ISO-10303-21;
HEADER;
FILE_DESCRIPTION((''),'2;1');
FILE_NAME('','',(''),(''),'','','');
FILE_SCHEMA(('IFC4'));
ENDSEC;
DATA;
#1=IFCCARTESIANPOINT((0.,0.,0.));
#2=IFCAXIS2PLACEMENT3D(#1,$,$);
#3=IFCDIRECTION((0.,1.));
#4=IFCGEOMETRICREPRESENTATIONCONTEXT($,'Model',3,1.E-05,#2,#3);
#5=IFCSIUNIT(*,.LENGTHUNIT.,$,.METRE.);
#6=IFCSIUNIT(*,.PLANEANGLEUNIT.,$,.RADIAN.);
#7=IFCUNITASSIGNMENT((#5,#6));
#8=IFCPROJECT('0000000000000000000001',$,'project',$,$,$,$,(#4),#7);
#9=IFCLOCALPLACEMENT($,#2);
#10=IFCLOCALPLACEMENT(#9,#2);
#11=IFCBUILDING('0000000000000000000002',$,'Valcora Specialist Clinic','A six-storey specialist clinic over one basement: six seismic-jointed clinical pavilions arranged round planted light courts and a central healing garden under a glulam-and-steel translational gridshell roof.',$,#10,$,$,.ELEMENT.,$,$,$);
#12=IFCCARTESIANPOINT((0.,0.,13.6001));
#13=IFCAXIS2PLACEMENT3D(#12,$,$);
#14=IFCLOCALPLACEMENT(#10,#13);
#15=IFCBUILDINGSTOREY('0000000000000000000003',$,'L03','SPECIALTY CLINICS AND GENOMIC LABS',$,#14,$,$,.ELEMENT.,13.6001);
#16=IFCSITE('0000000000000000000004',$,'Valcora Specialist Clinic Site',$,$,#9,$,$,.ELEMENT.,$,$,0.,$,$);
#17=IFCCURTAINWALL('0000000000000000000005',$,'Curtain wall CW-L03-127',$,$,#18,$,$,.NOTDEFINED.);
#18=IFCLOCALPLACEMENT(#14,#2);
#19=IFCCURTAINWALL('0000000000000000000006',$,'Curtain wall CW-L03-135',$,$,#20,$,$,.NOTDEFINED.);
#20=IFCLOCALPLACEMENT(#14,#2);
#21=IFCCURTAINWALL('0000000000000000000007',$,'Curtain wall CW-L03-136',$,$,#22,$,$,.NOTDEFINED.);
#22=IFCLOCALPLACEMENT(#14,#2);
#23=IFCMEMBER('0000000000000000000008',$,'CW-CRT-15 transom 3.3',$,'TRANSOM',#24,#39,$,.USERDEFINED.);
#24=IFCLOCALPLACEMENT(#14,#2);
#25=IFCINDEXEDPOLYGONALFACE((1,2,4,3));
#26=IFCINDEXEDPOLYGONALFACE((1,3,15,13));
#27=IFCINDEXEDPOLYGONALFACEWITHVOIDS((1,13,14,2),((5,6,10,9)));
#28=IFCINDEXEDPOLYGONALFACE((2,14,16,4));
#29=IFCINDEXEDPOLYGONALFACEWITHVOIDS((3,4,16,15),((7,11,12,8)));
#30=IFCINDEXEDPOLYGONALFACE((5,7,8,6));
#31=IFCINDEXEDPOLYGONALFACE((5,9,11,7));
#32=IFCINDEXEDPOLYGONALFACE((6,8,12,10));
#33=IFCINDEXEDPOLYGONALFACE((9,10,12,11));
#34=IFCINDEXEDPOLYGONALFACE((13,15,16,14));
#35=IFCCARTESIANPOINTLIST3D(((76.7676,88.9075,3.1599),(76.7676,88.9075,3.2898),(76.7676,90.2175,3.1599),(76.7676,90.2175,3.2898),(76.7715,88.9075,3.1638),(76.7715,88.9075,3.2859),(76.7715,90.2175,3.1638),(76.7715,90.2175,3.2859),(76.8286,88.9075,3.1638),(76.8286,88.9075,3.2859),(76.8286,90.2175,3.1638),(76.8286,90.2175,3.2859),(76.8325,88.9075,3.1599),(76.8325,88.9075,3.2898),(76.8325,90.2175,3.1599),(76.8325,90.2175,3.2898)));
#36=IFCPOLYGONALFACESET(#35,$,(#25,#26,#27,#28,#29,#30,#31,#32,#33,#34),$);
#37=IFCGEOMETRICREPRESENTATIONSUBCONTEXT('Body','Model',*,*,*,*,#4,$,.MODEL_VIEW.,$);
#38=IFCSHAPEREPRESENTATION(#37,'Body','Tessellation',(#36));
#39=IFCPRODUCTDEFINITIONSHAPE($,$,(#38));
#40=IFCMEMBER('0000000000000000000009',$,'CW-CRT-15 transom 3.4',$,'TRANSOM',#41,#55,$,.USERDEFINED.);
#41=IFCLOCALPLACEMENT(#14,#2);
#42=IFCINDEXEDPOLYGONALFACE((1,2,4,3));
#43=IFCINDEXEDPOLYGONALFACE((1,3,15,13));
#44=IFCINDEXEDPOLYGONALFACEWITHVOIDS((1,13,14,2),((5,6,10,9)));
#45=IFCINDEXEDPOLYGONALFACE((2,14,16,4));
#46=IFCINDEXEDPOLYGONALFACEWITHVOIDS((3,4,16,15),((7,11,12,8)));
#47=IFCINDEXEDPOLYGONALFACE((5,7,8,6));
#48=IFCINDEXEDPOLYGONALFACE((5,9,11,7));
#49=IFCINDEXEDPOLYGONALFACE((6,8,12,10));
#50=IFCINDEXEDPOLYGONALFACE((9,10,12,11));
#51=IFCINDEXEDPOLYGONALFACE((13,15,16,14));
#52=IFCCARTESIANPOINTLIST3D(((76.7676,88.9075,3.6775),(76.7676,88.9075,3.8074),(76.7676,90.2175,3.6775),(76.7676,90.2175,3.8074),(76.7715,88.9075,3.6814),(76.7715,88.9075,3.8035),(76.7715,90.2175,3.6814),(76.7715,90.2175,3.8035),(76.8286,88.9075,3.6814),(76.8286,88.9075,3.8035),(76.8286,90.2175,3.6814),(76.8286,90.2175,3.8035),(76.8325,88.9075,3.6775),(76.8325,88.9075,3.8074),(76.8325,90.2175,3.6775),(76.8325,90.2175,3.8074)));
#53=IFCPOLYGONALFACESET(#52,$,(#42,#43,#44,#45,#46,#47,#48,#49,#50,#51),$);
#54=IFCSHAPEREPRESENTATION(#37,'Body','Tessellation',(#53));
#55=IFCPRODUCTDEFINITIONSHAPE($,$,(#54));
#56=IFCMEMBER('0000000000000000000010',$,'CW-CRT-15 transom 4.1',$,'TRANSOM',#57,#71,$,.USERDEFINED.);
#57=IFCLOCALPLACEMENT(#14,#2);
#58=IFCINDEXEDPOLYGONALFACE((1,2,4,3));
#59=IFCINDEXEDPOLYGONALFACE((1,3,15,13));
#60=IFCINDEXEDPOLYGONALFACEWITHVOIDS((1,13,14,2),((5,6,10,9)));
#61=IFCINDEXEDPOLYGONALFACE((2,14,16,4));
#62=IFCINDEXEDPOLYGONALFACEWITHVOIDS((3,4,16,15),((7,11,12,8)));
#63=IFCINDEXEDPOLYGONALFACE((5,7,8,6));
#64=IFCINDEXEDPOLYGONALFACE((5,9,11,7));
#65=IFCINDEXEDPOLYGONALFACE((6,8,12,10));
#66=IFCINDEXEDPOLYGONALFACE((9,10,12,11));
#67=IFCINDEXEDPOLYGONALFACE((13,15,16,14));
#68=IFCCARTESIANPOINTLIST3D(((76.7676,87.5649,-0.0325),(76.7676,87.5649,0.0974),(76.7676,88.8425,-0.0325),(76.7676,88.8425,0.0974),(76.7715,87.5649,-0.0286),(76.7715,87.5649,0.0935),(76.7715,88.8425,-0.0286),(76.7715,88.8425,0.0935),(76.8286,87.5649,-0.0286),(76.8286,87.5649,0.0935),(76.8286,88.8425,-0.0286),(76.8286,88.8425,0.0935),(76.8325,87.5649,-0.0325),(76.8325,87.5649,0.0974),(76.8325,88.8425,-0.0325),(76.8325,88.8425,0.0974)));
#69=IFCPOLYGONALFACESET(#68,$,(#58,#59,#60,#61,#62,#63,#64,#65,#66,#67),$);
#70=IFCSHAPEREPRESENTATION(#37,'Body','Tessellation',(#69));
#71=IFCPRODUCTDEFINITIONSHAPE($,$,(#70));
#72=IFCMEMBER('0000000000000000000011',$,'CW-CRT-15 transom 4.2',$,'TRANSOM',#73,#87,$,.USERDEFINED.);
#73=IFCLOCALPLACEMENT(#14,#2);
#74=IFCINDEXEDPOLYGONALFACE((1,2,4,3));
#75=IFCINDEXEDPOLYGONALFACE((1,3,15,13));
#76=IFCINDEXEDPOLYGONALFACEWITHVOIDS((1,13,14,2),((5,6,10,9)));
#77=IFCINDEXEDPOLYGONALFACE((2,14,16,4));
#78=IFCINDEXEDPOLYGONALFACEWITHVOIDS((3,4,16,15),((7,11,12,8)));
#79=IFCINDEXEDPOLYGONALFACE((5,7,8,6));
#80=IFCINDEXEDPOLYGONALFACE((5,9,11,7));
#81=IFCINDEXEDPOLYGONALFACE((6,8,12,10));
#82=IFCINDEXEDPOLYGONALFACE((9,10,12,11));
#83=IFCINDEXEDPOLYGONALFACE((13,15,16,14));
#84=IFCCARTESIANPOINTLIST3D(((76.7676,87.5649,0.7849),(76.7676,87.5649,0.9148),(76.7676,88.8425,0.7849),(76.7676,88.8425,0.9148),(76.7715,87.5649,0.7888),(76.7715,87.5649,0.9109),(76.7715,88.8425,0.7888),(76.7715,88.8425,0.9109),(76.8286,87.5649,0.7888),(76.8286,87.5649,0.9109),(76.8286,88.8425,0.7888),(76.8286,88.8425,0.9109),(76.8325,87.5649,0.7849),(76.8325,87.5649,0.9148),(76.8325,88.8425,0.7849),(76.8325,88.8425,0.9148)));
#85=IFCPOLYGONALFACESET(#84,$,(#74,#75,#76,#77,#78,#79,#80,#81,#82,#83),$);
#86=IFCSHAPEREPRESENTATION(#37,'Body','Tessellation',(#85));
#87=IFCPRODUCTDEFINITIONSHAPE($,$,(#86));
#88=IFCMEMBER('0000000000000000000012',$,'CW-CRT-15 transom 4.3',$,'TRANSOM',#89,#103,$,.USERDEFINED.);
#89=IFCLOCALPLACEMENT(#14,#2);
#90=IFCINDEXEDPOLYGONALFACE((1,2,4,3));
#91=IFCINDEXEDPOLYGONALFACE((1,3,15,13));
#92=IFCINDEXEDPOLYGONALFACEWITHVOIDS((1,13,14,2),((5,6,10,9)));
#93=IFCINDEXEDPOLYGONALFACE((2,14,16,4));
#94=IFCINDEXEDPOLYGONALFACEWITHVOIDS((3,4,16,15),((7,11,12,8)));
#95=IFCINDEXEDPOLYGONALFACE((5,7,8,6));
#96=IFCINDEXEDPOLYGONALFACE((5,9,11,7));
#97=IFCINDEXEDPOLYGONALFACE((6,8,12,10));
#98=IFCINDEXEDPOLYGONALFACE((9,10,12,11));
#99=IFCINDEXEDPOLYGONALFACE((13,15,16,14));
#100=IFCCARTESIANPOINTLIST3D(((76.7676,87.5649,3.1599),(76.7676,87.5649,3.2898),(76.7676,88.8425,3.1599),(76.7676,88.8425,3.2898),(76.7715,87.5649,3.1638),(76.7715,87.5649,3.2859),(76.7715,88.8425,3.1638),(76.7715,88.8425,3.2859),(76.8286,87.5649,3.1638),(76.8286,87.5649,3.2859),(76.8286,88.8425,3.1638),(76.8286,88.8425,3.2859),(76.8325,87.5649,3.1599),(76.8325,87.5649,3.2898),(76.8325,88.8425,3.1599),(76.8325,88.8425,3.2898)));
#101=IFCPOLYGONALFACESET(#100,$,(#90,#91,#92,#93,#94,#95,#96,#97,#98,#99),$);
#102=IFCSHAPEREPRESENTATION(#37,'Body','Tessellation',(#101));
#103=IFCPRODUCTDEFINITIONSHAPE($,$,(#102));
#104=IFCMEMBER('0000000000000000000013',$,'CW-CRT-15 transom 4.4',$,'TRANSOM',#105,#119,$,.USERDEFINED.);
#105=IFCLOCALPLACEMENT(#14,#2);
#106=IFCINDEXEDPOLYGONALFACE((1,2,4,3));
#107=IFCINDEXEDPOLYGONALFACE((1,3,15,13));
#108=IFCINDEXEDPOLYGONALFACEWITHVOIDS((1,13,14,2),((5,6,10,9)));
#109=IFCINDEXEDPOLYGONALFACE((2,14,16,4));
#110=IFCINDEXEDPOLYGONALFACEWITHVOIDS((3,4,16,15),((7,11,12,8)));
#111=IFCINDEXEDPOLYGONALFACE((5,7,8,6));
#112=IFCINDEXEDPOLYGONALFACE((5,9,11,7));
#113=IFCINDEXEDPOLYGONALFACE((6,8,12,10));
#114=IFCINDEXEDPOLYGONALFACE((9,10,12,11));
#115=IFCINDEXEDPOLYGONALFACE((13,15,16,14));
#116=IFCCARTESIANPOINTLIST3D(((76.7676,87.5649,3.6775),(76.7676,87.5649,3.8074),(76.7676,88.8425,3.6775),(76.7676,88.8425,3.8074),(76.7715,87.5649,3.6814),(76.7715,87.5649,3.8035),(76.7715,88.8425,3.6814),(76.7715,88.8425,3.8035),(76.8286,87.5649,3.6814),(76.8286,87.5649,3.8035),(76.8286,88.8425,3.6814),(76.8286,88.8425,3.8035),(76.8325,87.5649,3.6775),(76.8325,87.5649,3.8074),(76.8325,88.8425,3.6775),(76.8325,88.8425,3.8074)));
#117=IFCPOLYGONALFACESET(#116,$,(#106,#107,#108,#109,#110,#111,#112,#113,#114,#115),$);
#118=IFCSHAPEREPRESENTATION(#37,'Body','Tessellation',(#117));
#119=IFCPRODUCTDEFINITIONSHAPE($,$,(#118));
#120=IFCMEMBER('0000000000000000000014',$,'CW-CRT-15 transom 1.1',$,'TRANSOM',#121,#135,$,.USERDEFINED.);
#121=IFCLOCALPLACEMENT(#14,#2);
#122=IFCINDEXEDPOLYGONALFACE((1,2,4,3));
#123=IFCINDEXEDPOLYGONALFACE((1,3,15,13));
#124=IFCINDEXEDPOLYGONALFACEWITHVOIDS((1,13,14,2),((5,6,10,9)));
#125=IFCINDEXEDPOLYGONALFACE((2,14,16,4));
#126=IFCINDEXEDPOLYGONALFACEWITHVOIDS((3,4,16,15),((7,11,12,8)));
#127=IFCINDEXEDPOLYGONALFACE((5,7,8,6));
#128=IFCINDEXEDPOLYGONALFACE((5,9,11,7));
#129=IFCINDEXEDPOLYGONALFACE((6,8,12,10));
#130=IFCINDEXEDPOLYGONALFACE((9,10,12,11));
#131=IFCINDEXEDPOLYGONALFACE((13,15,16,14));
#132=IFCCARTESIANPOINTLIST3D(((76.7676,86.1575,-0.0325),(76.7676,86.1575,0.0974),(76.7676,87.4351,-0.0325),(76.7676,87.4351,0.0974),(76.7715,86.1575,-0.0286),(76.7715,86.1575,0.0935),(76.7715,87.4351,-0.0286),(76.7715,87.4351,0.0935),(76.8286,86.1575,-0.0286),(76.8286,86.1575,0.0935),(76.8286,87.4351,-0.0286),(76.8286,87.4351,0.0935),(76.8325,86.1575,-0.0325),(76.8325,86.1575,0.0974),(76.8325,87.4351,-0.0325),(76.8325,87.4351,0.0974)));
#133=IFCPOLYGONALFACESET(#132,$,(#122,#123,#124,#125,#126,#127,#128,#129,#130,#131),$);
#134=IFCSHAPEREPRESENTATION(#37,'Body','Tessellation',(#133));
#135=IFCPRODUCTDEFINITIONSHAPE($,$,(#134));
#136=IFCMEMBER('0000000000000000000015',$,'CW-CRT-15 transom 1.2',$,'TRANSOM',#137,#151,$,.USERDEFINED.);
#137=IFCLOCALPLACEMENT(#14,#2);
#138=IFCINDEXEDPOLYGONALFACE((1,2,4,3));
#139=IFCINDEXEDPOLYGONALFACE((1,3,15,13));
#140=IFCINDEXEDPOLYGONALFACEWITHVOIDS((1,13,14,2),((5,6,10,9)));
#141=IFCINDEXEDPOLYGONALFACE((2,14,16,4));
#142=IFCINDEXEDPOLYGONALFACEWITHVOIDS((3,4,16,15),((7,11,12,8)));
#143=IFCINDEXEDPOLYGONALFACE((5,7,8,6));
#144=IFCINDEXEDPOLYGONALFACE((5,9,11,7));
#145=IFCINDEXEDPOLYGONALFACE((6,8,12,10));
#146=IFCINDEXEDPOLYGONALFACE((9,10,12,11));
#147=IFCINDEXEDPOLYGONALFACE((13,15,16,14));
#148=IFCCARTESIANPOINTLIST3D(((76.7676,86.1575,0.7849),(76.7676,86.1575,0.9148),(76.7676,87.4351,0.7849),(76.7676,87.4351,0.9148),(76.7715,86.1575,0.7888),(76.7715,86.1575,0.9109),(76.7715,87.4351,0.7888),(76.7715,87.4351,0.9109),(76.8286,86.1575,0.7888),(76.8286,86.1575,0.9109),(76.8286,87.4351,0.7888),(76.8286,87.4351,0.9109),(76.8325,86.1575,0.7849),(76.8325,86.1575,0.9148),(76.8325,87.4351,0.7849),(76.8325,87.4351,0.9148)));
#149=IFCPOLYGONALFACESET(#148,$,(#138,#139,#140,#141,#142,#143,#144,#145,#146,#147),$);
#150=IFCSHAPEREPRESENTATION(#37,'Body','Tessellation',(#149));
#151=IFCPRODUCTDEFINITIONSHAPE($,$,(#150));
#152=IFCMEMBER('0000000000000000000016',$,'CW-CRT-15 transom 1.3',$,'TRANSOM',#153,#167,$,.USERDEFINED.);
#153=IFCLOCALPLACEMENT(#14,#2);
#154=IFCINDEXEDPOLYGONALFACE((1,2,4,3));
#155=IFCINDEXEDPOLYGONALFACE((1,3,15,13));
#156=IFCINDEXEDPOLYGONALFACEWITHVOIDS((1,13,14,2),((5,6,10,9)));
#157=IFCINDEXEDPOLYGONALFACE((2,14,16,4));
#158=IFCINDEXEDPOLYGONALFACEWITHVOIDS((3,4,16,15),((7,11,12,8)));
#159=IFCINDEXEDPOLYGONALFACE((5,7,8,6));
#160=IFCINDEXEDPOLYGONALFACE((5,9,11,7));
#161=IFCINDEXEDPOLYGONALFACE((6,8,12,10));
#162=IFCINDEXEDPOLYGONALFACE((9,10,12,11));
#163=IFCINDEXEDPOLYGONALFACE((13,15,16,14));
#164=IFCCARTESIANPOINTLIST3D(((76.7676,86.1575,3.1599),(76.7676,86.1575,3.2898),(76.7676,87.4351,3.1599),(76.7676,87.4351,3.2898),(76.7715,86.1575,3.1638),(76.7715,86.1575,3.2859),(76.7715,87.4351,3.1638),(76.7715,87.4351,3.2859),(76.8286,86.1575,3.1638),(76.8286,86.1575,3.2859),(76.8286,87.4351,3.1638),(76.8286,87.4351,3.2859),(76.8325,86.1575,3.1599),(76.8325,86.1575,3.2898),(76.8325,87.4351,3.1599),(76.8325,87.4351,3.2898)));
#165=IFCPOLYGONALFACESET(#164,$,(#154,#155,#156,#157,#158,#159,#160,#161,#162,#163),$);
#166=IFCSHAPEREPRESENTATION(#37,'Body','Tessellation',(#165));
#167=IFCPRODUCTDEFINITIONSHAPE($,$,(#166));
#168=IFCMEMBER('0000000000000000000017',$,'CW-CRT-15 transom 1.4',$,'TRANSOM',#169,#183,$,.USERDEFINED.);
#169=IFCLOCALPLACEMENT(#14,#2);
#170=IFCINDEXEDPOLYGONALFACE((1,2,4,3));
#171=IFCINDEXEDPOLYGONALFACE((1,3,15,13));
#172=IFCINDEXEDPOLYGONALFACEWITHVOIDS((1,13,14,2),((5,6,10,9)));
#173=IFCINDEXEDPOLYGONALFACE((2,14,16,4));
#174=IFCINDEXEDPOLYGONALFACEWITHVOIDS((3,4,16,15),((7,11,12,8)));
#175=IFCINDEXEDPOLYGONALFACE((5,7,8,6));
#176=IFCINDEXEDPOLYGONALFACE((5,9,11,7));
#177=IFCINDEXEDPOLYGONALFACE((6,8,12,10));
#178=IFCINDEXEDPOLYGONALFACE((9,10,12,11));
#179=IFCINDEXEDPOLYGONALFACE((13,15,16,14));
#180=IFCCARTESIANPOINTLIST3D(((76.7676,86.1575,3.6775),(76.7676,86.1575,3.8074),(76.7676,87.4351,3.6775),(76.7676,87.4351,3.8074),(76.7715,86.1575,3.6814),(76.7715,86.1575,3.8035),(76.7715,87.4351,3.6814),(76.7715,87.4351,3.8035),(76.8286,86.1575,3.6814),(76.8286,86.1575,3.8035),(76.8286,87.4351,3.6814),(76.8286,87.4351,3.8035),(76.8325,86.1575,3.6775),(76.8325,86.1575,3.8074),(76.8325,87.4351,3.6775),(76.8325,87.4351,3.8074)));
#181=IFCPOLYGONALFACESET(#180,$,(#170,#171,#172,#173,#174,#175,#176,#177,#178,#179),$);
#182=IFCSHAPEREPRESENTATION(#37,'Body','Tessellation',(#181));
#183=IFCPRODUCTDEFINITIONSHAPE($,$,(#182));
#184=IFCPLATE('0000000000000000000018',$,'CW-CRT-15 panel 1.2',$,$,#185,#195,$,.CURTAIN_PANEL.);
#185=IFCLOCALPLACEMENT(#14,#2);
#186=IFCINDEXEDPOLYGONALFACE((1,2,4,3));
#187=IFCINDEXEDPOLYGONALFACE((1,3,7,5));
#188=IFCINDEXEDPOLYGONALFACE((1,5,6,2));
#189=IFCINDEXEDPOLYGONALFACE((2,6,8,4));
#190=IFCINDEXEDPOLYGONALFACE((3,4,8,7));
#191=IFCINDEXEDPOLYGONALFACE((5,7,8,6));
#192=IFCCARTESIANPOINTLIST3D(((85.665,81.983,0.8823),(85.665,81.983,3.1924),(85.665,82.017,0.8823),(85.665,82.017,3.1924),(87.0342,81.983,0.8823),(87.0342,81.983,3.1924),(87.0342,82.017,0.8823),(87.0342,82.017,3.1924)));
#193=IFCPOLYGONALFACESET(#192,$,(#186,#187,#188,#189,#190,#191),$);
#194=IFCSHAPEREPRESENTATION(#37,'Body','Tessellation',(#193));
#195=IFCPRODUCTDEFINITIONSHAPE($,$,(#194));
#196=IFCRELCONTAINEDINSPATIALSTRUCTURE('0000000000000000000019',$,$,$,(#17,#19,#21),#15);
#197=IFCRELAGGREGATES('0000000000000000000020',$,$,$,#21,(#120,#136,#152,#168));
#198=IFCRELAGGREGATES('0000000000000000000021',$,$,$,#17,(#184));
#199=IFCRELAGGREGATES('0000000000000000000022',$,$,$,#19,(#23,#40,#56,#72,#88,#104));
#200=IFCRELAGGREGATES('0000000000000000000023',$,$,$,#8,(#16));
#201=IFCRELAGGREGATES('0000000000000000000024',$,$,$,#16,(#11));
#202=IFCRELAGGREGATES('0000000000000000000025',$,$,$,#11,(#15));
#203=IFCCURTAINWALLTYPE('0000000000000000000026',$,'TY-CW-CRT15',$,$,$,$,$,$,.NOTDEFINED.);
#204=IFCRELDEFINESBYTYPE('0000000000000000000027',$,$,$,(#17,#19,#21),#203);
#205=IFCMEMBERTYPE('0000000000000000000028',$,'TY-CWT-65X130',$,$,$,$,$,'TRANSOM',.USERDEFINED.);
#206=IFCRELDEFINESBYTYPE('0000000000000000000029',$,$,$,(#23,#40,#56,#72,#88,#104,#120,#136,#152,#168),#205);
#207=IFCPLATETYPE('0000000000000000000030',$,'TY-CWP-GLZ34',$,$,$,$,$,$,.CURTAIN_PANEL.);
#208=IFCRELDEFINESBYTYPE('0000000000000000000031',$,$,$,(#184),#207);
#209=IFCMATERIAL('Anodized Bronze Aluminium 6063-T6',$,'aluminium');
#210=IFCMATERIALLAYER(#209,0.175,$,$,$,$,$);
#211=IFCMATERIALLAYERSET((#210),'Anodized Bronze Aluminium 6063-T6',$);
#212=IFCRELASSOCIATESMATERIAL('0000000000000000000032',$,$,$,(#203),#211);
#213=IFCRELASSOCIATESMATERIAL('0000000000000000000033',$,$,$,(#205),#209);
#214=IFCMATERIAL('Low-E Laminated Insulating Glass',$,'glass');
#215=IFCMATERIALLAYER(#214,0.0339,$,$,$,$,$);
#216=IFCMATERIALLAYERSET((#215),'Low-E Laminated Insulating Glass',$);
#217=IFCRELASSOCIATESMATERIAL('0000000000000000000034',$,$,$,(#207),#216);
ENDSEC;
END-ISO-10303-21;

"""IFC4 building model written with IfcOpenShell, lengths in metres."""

from ifc_helpers import new_model, si_unit, direction, frame, origin, origin_2d, place, context, subcontext, project, spatial, rectangle, hollow_rectangle, extrude, material, layer, layer_set, material_profile, profile_set, type_object, element, aggregate, save


model = new_model("IFC4")

# Units and contexts
model_context = context("Model", 3, precision=1e-05, world=origin(), true_north=direction((0.0, 1.0)))
body_context = subcontext(model_context, "Body", "Model", "MODEL_VIEW")
ifc_project = project(units=[si_unit("LENGTHUNIT", "METRE"), si_unit("PLANEANGLEUNIT", "RADIAN")], contexts=[model_context])

# Site, building, storey
site_placement = place(None, origin())
site = spatial("IfcSite", under=ifc_project, at=site_placement, Name="Valcora Specialist Clinic Site", CompositionType="ELEMENT", RefElevation=0.0)
building_placement = place(site_placement, origin())
building = spatial("IfcBuilding", under=site, at=building_placement, Name="Valcora Specialist Clinic", Description="A six-storey specialist clinic over one basement: six seismic-jointed clinical pavilions arranged round planted light courts and a central healing garden under a glulam-and-steel translational gridshell roof.", CompositionType="ELEMENT")
storey_placement = place(building_placement, frame((0.0, 0.0, 13.6001)))
storey = spatial("IfcBuildingStorey", under=building, at=storey_placement, Name="L03", Description="SPECIALTY CLINICS AND GENOMIC LABS", CompositionType="ELEMENT", Elevation=13.6001)

# Curtain wall
ifc_material_1 = material(Name="Anodized Bronze Aluminium 6063-T6", Category="aluminium")
ifc_layer_1 = layer(ifc_material_1, 0.175)
ifc_layer_set_1 = layer_set([ifc_layer_1], Name="Anodized Bronze Aluminium 6063-T6")
curtain_wall_type = type_object("IfcCurtainWallType", Name="TY-CW-CRT15", PredefinedType="NOTDEFINED", material=ifc_layer_set_1)
curtain_wall_1_placement = place(storey_placement, origin())
curtain_wall_1 = element("IfcCurtainWall", 1, at=curtain_wall_1_placement, inside=storey, type_object=curtain_wall_type, Name="Curtain wall CW-L03-127", PredefinedType="NOTDEFINED")

# Curtain wall
curtain_wall_2_placement = place(storey_placement, origin())
curtain_wall_2 = element("IfcCurtainWall", 2, at=curtain_wall_2_placement, inside=storey, type_object=curtain_wall_type, Name="Curtain wall CW-L03-135", PredefinedType="NOTDEFINED")

# Curtain wall
curtain_wall_3_placement = place(storey_placement, origin())
curtain_wall_3 = element("IfcCurtainWall", 3, at=curtain_wall_3_placement, inside=storey, type_object=curtain_wall_type, Name="Curtain wall CW-L03-136", PredefinedType="NOTDEFINED")

# Members
ifc_material_profile_1 = material_profile(ifc_material_1, hollow_rectangle(XDim=0.0649, YDim=0.1299, WallThickness=0.0039, at=origin_2d()), Name="AL-TRN-65X130")
ifc_profile_set_1 = profile_set([ifc_material_profile_1], Name="Anodized Bronze Aluminium 6063-T6")
member_type_1 = type_object("IfcMemberType", Name="TY-CWT-65X130", ElementType="TRANSOM", PredefinedType="USERDEFINED", material=ifc_profile_set_1)
member_1_placement = place(storey_placement, frame((76.8, 90.2175, 3.2249), z_axis=(0.0, -1.0, 0.0), x_axis=(1.0, 0.0, 0.0)))
member_1 = element("IfcMember", 4, at=member_1_placement, type_object=member_type_1, Name="CW-CRT-15 transom 3.3", ObjectType="TRANSOM", PredefinedType="USERDEFINED", context=body_context, shape_type="SweptSolid", body=[
    extrude(hollow_rectangle(XDim=0.0649, YDim=0.1299, WallThickness=0.0039, at=origin_2d()), origin(), (0.0, 0.0, 1.0), 1.3101),
])
member_2_placement = place(storey_placement, frame((76.8, 90.2175, 3.7424), z_axis=(0.0, -1.0, 0.0), x_axis=(1.0, 0.0, 0.0)))
member_2 = element("IfcMember", 5, at=member_2_placement, type_object=member_type_1, Name="CW-CRT-15 transom 3.4", ObjectType="TRANSOM", PredefinedType="USERDEFINED", context=body_context, shape_type="SweptSolid", body=[
    extrude(hollow_rectangle(XDim=0.0649, YDim=0.1299, WallThickness=0.0039, at=origin_2d()), origin(), (0.0, 0.0, 1.0), 1.3101),
])
member_3_placement = place(storey_placement, frame((76.8, 88.8425, 0.0325), z_axis=(0.0, -1.0, 0.0), x_axis=(1.0, 0.0, 0.0)))
member_3 = element("IfcMember", 6, at=member_3_placement, type_object=member_type_1, Name="CW-CRT-15 transom 4.1", ObjectType="TRANSOM", PredefinedType="USERDEFINED", context=body_context, shape_type="SweptSolid", body=[
    extrude(hollow_rectangle(XDim=0.0649, YDim=0.1299, WallThickness=0.0039, at=origin_2d()), origin(), (0.0, 0.0, 1.0), 1.2776),
])
member_4_placement = place(storey_placement, frame((76.8, 88.8425, 0.8499), z_axis=(0.0, -1.0, 0.0), x_axis=(1.0, 0.0, 0.0)))
member_4 = element("IfcMember", 7, at=member_4_placement, type_object=member_type_1, Name="CW-CRT-15 transom 4.2", ObjectType="TRANSOM", PredefinedType="USERDEFINED", context=body_context, shape_type="SweptSolid", body=[
    extrude(hollow_rectangle(XDim=0.0649, YDim=0.1299, WallThickness=0.0039, at=origin_2d()), origin(), (0.0, 0.0, 1.0), 1.2776),
])
member_5_placement = place(storey_placement, frame((76.8, 88.8425, 3.2249), z_axis=(0.0, -1.0, 0.0), x_axis=(1.0, 0.0, 0.0)))
member_5 = element("IfcMember", 8, at=member_5_placement, type_object=member_type_1, Name="CW-CRT-15 transom 4.3", ObjectType="TRANSOM", PredefinedType="USERDEFINED", context=body_context, shape_type="SweptSolid", body=[
    extrude(hollow_rectangle(XDim=0.0649, YDim=0.1299, WallThickness=0.0039, at=origin_2d()), origin(), (0.0, 0.0, 1.0), 1.2776),
])
member_6_placement = place(storey_placement, frame((76.8, 88.8425, 3.7424), z_axis=(0.0, -1.0, 0.0), x_axis=(1.0, 0.0, 0.0)))
member_6 = element("IfcMember", 9, at=member_6_placement, type_object=member_type_1, Name="CW-CRT-15 transom 4.4", ObjectType="TRANSOM", PredefinedType="USERDEFINED", context=body_context, shape_type="SweptSolid", body=[
    extrude(hollow_rectangle(XDim=0.0649, YDim=0.1299, WallThickness=0.0039, at=origin_2d()), origin(), (0.0, 0.0, 1.0), 1.2776),
])
member_7_placement = place(storey_placement, frame((76.8, 87.4351, 0.0325), z_axis=(0.0, -1.0, 0.0), x_axis=(1.0, 0.0, 0.0)))
member_7 = element("IfcMember", 10, at=member_7_placement, type_object=member_type_1, Name="CW-CRT-15 transom 1.1", ObjectType="TRANSOM", PredefinedType="USERDEFINED", context=body_context, shape_type="SweptSolid", body=[
    extrude(hollow_rectangle(XDim=0.0649, YDim=0.1299, WallThickness=0.0039, at=origin_2d()), origin(), (0.0, 0.0, 1.0), 1.2776),
])
member_8_placement = place(storey_placement, frame((76.8, 87.4351, 0.8499), z_axis=(0.0, -1.0, 0.0), x_axis=(1.0, 0.0, 0.0)))
member_8 = element("IfcMember", 11, at=member_8_placement, type_object=member_type_1, Name="CW-CRT-15 transom 1.2", ObjectType="TRANSOM", PredefinedType="USERDEFINED", context=body_context, shape_type="SweptSolid", body=[
    extrude(hollow_rectangle(XDim=0.0649, YDim=0.1299, WallThickness=0.0039, at=origin_2d()), origin(), (0.0, 0.0, 1.0), 1.2776),
])
member_9_placement = place(storey_placement, frame((76.8, 87.4351, 3.2249), z_axis=(0.0, -1.0, 0.0), x_axis=(1.0, 0.0, 0.0)))
member_9 = element("IfcMember", 12, at=member_9_placement, type_object=member_type_1, Name="CW-CRT-15 transom 1.3", ObjectType="TRANSOM", PredefinedType="USERDEFINED", context=body_context, shape_type="SweptSolid", body=[
    extrude(hollow_rectangle(XDim=0.0649, YDim=0.1299, WallThickness=0.0039, at=origin_2d()), origin(), (0.0, 0.0, 1.0), 1.2776),
])
member_10_placement = place(storey_placement, frame((76.8, 87.4351, 3.7424), z_axis=(0.0, -1.0, 0.0), x_axis=(1.0, 0.0, 0.0)))
member_10 = element("IfcMember", 13, at=member_10_placement, type_object=member_type_1, Name="CW-CRT-15 transom 1.4", ObjectType="TRANSOM", PredefinedType="USERDEFINED", context=body_context, shape_type="SweptSolid", body=[
    extrude(hollow_rectangle(XDim=0.0649, YDim=0.1299, WallThickness=0.0039, at=origin_2d()), origin(), (0.0, 0.0, 1.0), 1.2776),
])
aggregate(curtain_wall_3, [member_7, member_8, member_9, member_10])

# Plate
ifc_material_2 = material(Name="Low-E Laminated Insulating Glass", Category="glass")
ifc_layer_2 = layer(ifc_material_2, 0.0339)
ifc_layer_set_2 = layer_set([ifc_layer_2], Name="Low-E Laminated Insulating Glass")
plate_type_1 = type_object("IfcPlateType", Name="TY-CWP-GLZ34", PredefinedType="CURTAIN_PANEL", material=ifc_layer_set_2)
plate_1_placement = place(storey_placement, frame((86.3496, 82.0, 0.8823), z_axis=(0.0, 0.0, 1.0), x_axis=(1.0, 0.0, 0.0)))
plate_1 = element("IfcPlate", 14, at=plate_1_placement, type_object=plate_type_1, Name="CW-CRT-15 panel 1.2", PredefinedType="CURTAIN_PANEL", context=body_context, shape_type="SweptSolid", body=[
    extrude(rectangle(XDim=1.3691, YDim=0.0339, at=origin_2d()), origin(), (0.0, 0.0, 1.0), 2.3101),
])
aggregate(curtain_wall_1, [plate_1])
aggregate(curtain_wall_2, [member_1, member_2, member_3, member_4, member_5, member_6])

save(model, "model.ifc")
